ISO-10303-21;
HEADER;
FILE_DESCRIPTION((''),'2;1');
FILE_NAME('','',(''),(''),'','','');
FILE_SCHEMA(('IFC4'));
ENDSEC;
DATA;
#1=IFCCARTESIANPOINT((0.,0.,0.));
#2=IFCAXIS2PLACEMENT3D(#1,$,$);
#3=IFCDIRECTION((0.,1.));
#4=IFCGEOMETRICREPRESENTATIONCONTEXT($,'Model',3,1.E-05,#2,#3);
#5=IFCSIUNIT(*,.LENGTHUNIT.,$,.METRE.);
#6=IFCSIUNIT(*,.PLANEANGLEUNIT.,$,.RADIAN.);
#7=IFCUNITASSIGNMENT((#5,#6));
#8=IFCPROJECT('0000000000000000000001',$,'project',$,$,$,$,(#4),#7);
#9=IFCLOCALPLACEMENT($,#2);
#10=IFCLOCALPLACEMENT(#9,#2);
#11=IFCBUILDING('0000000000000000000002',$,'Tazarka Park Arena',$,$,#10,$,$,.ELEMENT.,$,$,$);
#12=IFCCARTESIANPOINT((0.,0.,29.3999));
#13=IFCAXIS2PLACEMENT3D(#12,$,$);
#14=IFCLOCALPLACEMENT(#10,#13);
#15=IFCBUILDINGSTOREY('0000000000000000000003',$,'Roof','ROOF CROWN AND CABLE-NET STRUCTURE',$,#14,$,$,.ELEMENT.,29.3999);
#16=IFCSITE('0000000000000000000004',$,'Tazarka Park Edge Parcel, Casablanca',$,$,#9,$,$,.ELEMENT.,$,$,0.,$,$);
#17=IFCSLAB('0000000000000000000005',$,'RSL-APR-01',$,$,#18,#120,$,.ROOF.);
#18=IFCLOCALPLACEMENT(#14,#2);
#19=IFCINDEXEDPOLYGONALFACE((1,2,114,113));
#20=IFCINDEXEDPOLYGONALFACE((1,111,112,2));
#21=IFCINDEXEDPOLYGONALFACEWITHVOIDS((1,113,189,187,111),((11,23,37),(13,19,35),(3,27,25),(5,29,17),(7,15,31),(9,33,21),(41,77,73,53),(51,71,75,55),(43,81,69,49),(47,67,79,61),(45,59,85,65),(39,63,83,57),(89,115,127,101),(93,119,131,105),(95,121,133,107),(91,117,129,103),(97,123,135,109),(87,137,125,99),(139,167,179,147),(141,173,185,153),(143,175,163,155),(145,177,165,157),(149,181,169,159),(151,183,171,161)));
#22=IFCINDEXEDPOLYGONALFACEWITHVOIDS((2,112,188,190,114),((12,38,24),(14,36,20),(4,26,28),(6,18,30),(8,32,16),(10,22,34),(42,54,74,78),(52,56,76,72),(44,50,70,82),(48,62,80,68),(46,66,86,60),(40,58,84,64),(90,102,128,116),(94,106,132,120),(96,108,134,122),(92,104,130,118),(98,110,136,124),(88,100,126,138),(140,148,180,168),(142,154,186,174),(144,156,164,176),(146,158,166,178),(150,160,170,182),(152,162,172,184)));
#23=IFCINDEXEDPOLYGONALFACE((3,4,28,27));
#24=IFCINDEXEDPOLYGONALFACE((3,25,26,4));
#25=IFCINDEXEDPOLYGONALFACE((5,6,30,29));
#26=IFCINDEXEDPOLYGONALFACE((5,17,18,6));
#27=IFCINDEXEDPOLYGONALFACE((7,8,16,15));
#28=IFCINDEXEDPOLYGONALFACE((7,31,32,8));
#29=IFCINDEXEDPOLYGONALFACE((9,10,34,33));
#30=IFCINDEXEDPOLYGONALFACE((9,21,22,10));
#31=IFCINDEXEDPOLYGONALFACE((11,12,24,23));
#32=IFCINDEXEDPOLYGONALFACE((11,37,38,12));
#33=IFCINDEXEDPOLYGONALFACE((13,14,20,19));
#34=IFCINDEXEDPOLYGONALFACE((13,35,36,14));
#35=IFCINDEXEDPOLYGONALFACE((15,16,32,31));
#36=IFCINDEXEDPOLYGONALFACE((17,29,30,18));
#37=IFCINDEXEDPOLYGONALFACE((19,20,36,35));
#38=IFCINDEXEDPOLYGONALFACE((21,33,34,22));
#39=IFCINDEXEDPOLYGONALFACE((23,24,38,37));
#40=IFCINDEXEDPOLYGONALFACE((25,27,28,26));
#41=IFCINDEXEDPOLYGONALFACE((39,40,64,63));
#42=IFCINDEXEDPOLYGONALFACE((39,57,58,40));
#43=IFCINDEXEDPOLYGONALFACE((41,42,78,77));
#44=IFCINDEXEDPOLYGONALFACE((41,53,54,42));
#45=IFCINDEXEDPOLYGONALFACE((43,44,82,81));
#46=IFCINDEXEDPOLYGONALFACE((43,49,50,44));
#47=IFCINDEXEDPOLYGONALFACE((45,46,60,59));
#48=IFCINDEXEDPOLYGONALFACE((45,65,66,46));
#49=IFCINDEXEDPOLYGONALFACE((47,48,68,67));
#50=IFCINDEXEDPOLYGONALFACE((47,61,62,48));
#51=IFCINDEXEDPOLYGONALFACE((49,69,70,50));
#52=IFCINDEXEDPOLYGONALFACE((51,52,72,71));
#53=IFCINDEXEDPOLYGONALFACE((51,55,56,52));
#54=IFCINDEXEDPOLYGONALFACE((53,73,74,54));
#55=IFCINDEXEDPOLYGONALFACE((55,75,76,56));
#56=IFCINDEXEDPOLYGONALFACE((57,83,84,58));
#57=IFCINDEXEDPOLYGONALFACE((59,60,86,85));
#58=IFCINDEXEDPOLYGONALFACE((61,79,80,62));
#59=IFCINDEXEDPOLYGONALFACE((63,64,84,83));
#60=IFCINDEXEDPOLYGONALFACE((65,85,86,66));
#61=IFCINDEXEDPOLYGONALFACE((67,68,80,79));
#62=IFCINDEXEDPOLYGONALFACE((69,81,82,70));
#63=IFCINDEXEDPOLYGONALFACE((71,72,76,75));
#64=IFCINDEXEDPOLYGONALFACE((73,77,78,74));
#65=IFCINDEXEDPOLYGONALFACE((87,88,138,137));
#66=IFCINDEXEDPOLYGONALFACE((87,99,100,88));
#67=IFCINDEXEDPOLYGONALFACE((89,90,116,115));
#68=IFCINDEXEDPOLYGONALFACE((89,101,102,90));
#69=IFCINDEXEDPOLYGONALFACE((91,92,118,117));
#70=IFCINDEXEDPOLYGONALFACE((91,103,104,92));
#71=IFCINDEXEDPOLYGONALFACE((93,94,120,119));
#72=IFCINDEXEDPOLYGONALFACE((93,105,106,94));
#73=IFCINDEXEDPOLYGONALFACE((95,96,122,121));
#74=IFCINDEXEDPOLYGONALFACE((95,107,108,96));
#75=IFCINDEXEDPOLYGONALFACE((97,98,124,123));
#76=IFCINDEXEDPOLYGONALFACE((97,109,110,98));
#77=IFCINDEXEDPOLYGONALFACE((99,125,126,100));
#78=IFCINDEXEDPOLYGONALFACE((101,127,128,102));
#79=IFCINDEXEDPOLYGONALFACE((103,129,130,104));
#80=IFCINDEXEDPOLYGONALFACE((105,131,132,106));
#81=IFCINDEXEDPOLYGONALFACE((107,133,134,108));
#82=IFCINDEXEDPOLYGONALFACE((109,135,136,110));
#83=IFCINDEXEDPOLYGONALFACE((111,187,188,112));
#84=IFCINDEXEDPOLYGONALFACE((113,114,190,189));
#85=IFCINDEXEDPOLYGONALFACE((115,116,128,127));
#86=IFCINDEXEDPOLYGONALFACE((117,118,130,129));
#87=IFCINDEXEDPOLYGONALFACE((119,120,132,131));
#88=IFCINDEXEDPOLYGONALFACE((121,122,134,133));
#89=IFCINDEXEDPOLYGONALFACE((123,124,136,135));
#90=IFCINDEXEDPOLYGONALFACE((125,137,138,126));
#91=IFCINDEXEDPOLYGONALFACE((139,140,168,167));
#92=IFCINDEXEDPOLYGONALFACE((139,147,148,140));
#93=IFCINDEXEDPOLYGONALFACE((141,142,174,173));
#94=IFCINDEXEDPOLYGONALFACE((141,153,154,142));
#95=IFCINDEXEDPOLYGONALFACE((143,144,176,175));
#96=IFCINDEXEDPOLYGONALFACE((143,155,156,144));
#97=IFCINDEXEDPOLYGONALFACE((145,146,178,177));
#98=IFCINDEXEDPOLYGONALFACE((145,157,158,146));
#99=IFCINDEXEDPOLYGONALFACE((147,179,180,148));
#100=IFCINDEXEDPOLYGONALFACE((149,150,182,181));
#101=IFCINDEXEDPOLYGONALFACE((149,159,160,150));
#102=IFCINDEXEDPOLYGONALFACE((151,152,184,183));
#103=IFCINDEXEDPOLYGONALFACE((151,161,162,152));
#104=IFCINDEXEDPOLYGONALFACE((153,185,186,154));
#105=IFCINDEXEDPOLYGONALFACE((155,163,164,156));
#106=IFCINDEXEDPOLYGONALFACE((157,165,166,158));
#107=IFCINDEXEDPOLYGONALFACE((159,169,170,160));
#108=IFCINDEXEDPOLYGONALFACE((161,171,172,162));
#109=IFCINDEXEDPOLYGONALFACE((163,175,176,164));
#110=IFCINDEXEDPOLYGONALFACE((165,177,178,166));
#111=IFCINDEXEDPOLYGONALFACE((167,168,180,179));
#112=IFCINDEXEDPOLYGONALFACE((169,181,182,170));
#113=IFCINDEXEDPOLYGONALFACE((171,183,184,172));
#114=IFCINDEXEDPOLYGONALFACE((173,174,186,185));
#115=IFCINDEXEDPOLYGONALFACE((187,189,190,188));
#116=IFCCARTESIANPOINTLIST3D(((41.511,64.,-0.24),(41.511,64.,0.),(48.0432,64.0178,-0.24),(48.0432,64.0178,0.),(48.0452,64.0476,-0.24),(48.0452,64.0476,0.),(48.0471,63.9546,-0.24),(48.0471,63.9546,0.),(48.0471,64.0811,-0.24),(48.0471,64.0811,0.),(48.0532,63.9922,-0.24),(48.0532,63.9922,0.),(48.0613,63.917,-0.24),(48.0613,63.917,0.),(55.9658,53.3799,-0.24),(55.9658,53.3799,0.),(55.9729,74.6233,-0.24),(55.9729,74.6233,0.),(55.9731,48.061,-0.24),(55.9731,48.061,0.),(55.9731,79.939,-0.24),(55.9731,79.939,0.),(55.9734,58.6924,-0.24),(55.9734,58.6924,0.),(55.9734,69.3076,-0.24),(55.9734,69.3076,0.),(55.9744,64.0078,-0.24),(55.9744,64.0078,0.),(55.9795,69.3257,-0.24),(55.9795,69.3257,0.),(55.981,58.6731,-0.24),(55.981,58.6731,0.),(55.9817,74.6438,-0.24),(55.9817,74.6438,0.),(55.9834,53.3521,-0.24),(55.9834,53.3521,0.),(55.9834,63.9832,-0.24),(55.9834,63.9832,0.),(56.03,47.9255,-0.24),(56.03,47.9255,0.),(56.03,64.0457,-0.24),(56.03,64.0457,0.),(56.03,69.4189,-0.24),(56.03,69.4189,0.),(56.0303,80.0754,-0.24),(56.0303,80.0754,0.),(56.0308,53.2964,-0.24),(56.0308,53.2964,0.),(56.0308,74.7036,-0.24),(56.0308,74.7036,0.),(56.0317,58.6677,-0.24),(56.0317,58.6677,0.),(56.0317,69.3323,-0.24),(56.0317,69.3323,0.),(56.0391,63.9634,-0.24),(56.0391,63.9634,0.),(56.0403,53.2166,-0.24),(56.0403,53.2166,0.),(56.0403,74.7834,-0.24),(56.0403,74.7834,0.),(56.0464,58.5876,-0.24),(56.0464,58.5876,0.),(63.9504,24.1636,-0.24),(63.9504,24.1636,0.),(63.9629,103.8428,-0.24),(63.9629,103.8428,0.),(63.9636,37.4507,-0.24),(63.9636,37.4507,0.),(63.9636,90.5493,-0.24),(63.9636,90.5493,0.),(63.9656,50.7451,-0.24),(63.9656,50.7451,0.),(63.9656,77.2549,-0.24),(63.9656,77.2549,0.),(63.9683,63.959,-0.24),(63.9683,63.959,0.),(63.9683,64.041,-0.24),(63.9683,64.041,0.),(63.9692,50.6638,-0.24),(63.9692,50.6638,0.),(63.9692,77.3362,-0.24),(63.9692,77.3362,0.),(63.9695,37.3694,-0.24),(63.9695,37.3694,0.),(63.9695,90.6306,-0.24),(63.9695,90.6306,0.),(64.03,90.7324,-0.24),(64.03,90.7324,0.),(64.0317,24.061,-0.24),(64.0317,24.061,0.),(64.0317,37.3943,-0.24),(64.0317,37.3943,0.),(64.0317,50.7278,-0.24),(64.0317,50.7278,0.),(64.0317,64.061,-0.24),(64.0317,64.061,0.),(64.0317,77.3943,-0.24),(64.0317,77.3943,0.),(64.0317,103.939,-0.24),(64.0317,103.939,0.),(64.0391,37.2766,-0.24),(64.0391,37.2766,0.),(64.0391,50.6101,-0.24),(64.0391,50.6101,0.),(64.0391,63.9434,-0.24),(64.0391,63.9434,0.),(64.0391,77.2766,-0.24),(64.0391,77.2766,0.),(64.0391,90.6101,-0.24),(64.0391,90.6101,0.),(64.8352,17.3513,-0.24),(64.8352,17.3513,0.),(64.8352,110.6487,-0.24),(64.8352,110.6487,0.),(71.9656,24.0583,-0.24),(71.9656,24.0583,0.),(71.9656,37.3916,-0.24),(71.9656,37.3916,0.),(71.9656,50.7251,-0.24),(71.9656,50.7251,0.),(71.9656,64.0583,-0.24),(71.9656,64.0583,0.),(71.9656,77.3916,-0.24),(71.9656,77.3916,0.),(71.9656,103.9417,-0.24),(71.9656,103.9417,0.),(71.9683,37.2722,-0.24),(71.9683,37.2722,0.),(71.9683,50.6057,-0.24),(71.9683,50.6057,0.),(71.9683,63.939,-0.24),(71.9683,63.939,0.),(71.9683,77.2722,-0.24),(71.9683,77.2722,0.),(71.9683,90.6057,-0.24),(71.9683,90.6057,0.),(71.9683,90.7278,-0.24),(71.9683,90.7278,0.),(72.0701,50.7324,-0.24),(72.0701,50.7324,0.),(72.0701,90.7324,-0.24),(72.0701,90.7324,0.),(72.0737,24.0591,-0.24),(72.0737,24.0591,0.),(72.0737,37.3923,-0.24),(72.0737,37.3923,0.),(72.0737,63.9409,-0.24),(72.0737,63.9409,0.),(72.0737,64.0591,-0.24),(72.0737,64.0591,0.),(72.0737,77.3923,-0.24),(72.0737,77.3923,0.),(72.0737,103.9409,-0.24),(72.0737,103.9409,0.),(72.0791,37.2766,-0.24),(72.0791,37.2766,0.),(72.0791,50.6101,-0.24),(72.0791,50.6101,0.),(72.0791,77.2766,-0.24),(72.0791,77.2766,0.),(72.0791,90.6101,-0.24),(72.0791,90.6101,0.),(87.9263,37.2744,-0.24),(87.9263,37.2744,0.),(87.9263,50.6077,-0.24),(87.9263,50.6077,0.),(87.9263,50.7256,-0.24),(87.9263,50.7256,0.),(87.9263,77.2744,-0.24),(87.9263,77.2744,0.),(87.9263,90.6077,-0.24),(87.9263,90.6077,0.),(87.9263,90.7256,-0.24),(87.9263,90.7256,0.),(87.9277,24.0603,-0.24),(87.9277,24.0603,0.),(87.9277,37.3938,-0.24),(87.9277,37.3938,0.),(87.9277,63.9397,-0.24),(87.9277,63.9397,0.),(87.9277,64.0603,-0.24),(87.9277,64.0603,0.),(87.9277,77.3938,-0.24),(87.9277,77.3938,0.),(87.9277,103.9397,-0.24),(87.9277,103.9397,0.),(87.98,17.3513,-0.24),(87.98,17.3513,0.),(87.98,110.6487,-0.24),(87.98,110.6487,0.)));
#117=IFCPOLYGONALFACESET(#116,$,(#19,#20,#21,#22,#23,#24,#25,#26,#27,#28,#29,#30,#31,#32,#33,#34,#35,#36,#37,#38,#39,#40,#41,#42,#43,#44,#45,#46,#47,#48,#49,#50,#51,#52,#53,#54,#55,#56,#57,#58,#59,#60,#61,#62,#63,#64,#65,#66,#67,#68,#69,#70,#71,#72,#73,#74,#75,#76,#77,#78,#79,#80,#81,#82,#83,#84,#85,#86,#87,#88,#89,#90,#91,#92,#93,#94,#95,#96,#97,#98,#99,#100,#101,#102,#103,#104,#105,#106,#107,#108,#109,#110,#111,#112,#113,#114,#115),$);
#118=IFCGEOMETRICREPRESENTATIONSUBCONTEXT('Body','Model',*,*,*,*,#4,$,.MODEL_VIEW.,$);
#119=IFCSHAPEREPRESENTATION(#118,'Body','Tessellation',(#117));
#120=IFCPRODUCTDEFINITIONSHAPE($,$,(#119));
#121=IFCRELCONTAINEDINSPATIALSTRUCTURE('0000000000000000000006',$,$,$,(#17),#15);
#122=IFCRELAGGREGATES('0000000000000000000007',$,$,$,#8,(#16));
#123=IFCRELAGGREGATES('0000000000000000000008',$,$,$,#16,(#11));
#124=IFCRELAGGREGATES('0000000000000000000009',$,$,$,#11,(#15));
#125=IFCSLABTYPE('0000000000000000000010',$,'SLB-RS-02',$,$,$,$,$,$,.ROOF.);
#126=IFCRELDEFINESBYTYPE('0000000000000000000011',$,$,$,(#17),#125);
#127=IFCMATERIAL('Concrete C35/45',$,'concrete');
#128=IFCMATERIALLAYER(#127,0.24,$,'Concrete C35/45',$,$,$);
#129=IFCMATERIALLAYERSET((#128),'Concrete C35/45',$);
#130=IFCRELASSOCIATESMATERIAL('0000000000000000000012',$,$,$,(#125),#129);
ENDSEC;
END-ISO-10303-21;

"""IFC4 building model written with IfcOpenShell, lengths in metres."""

from ifc_helpers import new_model, si_unit, direction, frame, origin, place, context, subcontext, project, spatial, polyline, outline, extrude, material, layer, layer_set, type_object, element, save


model = new_model("IFC4")

# Units and contexts
model_context = context("Model", 3, precision=1e-05, world=origin(), true_north=direction((0.0, 1.0)))
body_context = subcontext(model_context, "Body", "Model", "MODEL_VIEW")
ifc_project = project(units=[si_unit("LENGTHUNIT", "METRE"), si_unit("PLANEANGLEUNIT", "RADIAN")], contexts=[model_context])

# Site, building, storey
site_placement = place(None, origin())
site = spatial("IfcSite", under=ifc_project, at=site_placement, Name="Tazarka Park Edge Parcel, Casablanca", CompositionType="ELEMENT", RefElevation=0.0)
building_placement = place(site_placement, origin())
building = spatial("IfcBuilding", under=site, at=building_placement, Name="Tazarka Park Arena", CompositionType="ELEMENT")
storey_placement = place(building_placement, frame((0.0, 0.0, 29.3999)))
storey = spatial("IfcBuildingStorey", under=building, at=storey_placement, Name="Roof", Description="ROOF CROWN AND CABLE-NET STRUCTURE", CompositionType="ELEMENT", Elevation=29.3999)

# Slab
ifc_material_1 = material(Name="Concrete C35/45", Category="concrete")
ifc_layer_1 = layer(ifc_material_1, 0.24, Name="Concrete C35/45")
ifc_layer_set_1 = layer_set([ifc_layer_1], Name="Concrete C35/45")
slab_type_1 = type_object("IfcSlabType", Name="SLB-RS-02", PredefinedType="ROOF", material=ifc_layer_set_1)
slab_1_placement = place(storey_placement, frame((0.0, 0.0, -0.24)))
element("IfcSlab", 1, at=slab_1_placement, inside=storey, type_object=slab_type_1, Name="RSL-APR-01", PredefinedType="ROOF", context=body_context, shape_type="SweptSolid", body=[
    extrude(outline(polyline([(64.8352, 110.6487), (87.98, 110.6487), (87.98, 17.3513), (64.8352, 17.3513), (41.511, 64.0), (64.8352, 110.6487)]), holes=[polyline([(72.0791, 90.6101), (72.0737, 77.3923), (87.9277, 77.3938), (87.9263, 90.6077), (72.0791, 90.6101)]), polyline([(72.0791, 77.2766), (72.0737, 64.0591), (87.9277, 64.0603), (87.9263, 77.2744), (72.0791, 77.2766)]), polyline([(72.0791, 50.6101), (72.0737, 37.3923), (87.9277, 37.3938), (87.9263, 50.6077), (72.0791, 50.6101)]), polyline([(72.0791, 37.2766), (72.0737, 24.0591), (87.9277, 24.0603), (87.9263, 37.2744), (72.0791, 37.2766)]), polyline([(72.0701, 90.7324), (87.9263, 90.7256), (87.9277, 103.9397), (72.0737, 103.9409), (72.0701, 90.7324)]), polyline([(72.0701, 50.7324), (87.9263, 50.7256), (87.9277, 63.9397), (72.0737, 63.9409), (72.0701, 50.7324)]), polyline([(64.03, 90.7324), (71.9683, 90.7278), (71.9656, 103.9417), (64.0317, 103.939), (64.03, 90.7324)]), polyline([(64.0391, 37.2766), (64.0317, 24.061), (71.9656, 24.0583), (71.9683, 37.2722), (64.0391, 37.2766)]), polyline([(64.0391, 50.6101), (64.0317, 37.3943), (71.9656, 37.3916), (71.9683, 50.6057), (64.0391, 50.6101)]), polyline([(64.0391, 63.9434), (64.0317, 50.7278), (71.9656, 50.7251), (71.9683, 63.939), (64.0391, 63.9434)]), polyline([(64.0391, 77.2766), (64.0317, 64.061), (71.9656, 64.0583), (71.9683, 77.2722), (64.0391, 77.2766)]), polyline([(64.0391, 90.6101), (64.0317, 77.3943), (71.9656, 77.3916), (71.9683, 90.6057), (64.0391, 90.6101)]), polyline([(56.0464, 58.5876), (56.0308, 53.2964), (63.9636, 37.4507), (63.9692, 50.6638), (56.0464, 58.5876)]), polyline([(56.0391, 63.9634), (56.0317, 58.6677), (63.9656, 50.7451), (63.9683, 63.959), (56.0391, 63.9634)]), polyline([(56.0303, 80.0754), (56.0403, 74.7834), (63.9695, 90.6306), (63.9629, 103.8428), (56.0303, 80.0754)]), polyline([(56.03, 69.4189), (63.9692, 77.3362), (63.9636, 90.5493), (56.0308, 74.7036), (56.03, 69.4189)]), polyline([(56.03, 64.0457), (63.9683, 64.041), (63.9656, 77.2549), (56.0317, 69.3323), (56.03, 64.0457)]), polyline([(56.03, 47.9255), (63.9504, 24.1636), (63.9695, 37.3694), (56.0403, 53.2166), (56.03, 47.9255)]), polyline([(55.9658, 53.3799), (55.981, 58.6731), (48.0471, 63.9546), (55.9658, 53.3799)]), polyline([(55.9834, 63.9832), (48.0532, 63.9922), (55.9734, 58.6924), (55.9834, 63.9832)]), polyline([(55.9834, 53.3521), (48.0613, 63.917), (55.9731, 48.061), (55.9834, 53.3521)]), polyline([(55.9817, 74.6438), (55.9731, 79.939), (48.0471, 64.0811), (55.9817, 74.6438)]), polyline([(55.9795, 69.3257), (55.9729, 74.6233), (48.0452, 64.0476), (55.9795, 69.3257)]), polyline([(55.9744, 64.0078), (55.9734, 69.3076), (48.0432, 64.0178), (55.9744, 64.0078)])]), origin(), (0.0, 0.0, 1.0), 0.24),
])

save(model, "model.ifc")
